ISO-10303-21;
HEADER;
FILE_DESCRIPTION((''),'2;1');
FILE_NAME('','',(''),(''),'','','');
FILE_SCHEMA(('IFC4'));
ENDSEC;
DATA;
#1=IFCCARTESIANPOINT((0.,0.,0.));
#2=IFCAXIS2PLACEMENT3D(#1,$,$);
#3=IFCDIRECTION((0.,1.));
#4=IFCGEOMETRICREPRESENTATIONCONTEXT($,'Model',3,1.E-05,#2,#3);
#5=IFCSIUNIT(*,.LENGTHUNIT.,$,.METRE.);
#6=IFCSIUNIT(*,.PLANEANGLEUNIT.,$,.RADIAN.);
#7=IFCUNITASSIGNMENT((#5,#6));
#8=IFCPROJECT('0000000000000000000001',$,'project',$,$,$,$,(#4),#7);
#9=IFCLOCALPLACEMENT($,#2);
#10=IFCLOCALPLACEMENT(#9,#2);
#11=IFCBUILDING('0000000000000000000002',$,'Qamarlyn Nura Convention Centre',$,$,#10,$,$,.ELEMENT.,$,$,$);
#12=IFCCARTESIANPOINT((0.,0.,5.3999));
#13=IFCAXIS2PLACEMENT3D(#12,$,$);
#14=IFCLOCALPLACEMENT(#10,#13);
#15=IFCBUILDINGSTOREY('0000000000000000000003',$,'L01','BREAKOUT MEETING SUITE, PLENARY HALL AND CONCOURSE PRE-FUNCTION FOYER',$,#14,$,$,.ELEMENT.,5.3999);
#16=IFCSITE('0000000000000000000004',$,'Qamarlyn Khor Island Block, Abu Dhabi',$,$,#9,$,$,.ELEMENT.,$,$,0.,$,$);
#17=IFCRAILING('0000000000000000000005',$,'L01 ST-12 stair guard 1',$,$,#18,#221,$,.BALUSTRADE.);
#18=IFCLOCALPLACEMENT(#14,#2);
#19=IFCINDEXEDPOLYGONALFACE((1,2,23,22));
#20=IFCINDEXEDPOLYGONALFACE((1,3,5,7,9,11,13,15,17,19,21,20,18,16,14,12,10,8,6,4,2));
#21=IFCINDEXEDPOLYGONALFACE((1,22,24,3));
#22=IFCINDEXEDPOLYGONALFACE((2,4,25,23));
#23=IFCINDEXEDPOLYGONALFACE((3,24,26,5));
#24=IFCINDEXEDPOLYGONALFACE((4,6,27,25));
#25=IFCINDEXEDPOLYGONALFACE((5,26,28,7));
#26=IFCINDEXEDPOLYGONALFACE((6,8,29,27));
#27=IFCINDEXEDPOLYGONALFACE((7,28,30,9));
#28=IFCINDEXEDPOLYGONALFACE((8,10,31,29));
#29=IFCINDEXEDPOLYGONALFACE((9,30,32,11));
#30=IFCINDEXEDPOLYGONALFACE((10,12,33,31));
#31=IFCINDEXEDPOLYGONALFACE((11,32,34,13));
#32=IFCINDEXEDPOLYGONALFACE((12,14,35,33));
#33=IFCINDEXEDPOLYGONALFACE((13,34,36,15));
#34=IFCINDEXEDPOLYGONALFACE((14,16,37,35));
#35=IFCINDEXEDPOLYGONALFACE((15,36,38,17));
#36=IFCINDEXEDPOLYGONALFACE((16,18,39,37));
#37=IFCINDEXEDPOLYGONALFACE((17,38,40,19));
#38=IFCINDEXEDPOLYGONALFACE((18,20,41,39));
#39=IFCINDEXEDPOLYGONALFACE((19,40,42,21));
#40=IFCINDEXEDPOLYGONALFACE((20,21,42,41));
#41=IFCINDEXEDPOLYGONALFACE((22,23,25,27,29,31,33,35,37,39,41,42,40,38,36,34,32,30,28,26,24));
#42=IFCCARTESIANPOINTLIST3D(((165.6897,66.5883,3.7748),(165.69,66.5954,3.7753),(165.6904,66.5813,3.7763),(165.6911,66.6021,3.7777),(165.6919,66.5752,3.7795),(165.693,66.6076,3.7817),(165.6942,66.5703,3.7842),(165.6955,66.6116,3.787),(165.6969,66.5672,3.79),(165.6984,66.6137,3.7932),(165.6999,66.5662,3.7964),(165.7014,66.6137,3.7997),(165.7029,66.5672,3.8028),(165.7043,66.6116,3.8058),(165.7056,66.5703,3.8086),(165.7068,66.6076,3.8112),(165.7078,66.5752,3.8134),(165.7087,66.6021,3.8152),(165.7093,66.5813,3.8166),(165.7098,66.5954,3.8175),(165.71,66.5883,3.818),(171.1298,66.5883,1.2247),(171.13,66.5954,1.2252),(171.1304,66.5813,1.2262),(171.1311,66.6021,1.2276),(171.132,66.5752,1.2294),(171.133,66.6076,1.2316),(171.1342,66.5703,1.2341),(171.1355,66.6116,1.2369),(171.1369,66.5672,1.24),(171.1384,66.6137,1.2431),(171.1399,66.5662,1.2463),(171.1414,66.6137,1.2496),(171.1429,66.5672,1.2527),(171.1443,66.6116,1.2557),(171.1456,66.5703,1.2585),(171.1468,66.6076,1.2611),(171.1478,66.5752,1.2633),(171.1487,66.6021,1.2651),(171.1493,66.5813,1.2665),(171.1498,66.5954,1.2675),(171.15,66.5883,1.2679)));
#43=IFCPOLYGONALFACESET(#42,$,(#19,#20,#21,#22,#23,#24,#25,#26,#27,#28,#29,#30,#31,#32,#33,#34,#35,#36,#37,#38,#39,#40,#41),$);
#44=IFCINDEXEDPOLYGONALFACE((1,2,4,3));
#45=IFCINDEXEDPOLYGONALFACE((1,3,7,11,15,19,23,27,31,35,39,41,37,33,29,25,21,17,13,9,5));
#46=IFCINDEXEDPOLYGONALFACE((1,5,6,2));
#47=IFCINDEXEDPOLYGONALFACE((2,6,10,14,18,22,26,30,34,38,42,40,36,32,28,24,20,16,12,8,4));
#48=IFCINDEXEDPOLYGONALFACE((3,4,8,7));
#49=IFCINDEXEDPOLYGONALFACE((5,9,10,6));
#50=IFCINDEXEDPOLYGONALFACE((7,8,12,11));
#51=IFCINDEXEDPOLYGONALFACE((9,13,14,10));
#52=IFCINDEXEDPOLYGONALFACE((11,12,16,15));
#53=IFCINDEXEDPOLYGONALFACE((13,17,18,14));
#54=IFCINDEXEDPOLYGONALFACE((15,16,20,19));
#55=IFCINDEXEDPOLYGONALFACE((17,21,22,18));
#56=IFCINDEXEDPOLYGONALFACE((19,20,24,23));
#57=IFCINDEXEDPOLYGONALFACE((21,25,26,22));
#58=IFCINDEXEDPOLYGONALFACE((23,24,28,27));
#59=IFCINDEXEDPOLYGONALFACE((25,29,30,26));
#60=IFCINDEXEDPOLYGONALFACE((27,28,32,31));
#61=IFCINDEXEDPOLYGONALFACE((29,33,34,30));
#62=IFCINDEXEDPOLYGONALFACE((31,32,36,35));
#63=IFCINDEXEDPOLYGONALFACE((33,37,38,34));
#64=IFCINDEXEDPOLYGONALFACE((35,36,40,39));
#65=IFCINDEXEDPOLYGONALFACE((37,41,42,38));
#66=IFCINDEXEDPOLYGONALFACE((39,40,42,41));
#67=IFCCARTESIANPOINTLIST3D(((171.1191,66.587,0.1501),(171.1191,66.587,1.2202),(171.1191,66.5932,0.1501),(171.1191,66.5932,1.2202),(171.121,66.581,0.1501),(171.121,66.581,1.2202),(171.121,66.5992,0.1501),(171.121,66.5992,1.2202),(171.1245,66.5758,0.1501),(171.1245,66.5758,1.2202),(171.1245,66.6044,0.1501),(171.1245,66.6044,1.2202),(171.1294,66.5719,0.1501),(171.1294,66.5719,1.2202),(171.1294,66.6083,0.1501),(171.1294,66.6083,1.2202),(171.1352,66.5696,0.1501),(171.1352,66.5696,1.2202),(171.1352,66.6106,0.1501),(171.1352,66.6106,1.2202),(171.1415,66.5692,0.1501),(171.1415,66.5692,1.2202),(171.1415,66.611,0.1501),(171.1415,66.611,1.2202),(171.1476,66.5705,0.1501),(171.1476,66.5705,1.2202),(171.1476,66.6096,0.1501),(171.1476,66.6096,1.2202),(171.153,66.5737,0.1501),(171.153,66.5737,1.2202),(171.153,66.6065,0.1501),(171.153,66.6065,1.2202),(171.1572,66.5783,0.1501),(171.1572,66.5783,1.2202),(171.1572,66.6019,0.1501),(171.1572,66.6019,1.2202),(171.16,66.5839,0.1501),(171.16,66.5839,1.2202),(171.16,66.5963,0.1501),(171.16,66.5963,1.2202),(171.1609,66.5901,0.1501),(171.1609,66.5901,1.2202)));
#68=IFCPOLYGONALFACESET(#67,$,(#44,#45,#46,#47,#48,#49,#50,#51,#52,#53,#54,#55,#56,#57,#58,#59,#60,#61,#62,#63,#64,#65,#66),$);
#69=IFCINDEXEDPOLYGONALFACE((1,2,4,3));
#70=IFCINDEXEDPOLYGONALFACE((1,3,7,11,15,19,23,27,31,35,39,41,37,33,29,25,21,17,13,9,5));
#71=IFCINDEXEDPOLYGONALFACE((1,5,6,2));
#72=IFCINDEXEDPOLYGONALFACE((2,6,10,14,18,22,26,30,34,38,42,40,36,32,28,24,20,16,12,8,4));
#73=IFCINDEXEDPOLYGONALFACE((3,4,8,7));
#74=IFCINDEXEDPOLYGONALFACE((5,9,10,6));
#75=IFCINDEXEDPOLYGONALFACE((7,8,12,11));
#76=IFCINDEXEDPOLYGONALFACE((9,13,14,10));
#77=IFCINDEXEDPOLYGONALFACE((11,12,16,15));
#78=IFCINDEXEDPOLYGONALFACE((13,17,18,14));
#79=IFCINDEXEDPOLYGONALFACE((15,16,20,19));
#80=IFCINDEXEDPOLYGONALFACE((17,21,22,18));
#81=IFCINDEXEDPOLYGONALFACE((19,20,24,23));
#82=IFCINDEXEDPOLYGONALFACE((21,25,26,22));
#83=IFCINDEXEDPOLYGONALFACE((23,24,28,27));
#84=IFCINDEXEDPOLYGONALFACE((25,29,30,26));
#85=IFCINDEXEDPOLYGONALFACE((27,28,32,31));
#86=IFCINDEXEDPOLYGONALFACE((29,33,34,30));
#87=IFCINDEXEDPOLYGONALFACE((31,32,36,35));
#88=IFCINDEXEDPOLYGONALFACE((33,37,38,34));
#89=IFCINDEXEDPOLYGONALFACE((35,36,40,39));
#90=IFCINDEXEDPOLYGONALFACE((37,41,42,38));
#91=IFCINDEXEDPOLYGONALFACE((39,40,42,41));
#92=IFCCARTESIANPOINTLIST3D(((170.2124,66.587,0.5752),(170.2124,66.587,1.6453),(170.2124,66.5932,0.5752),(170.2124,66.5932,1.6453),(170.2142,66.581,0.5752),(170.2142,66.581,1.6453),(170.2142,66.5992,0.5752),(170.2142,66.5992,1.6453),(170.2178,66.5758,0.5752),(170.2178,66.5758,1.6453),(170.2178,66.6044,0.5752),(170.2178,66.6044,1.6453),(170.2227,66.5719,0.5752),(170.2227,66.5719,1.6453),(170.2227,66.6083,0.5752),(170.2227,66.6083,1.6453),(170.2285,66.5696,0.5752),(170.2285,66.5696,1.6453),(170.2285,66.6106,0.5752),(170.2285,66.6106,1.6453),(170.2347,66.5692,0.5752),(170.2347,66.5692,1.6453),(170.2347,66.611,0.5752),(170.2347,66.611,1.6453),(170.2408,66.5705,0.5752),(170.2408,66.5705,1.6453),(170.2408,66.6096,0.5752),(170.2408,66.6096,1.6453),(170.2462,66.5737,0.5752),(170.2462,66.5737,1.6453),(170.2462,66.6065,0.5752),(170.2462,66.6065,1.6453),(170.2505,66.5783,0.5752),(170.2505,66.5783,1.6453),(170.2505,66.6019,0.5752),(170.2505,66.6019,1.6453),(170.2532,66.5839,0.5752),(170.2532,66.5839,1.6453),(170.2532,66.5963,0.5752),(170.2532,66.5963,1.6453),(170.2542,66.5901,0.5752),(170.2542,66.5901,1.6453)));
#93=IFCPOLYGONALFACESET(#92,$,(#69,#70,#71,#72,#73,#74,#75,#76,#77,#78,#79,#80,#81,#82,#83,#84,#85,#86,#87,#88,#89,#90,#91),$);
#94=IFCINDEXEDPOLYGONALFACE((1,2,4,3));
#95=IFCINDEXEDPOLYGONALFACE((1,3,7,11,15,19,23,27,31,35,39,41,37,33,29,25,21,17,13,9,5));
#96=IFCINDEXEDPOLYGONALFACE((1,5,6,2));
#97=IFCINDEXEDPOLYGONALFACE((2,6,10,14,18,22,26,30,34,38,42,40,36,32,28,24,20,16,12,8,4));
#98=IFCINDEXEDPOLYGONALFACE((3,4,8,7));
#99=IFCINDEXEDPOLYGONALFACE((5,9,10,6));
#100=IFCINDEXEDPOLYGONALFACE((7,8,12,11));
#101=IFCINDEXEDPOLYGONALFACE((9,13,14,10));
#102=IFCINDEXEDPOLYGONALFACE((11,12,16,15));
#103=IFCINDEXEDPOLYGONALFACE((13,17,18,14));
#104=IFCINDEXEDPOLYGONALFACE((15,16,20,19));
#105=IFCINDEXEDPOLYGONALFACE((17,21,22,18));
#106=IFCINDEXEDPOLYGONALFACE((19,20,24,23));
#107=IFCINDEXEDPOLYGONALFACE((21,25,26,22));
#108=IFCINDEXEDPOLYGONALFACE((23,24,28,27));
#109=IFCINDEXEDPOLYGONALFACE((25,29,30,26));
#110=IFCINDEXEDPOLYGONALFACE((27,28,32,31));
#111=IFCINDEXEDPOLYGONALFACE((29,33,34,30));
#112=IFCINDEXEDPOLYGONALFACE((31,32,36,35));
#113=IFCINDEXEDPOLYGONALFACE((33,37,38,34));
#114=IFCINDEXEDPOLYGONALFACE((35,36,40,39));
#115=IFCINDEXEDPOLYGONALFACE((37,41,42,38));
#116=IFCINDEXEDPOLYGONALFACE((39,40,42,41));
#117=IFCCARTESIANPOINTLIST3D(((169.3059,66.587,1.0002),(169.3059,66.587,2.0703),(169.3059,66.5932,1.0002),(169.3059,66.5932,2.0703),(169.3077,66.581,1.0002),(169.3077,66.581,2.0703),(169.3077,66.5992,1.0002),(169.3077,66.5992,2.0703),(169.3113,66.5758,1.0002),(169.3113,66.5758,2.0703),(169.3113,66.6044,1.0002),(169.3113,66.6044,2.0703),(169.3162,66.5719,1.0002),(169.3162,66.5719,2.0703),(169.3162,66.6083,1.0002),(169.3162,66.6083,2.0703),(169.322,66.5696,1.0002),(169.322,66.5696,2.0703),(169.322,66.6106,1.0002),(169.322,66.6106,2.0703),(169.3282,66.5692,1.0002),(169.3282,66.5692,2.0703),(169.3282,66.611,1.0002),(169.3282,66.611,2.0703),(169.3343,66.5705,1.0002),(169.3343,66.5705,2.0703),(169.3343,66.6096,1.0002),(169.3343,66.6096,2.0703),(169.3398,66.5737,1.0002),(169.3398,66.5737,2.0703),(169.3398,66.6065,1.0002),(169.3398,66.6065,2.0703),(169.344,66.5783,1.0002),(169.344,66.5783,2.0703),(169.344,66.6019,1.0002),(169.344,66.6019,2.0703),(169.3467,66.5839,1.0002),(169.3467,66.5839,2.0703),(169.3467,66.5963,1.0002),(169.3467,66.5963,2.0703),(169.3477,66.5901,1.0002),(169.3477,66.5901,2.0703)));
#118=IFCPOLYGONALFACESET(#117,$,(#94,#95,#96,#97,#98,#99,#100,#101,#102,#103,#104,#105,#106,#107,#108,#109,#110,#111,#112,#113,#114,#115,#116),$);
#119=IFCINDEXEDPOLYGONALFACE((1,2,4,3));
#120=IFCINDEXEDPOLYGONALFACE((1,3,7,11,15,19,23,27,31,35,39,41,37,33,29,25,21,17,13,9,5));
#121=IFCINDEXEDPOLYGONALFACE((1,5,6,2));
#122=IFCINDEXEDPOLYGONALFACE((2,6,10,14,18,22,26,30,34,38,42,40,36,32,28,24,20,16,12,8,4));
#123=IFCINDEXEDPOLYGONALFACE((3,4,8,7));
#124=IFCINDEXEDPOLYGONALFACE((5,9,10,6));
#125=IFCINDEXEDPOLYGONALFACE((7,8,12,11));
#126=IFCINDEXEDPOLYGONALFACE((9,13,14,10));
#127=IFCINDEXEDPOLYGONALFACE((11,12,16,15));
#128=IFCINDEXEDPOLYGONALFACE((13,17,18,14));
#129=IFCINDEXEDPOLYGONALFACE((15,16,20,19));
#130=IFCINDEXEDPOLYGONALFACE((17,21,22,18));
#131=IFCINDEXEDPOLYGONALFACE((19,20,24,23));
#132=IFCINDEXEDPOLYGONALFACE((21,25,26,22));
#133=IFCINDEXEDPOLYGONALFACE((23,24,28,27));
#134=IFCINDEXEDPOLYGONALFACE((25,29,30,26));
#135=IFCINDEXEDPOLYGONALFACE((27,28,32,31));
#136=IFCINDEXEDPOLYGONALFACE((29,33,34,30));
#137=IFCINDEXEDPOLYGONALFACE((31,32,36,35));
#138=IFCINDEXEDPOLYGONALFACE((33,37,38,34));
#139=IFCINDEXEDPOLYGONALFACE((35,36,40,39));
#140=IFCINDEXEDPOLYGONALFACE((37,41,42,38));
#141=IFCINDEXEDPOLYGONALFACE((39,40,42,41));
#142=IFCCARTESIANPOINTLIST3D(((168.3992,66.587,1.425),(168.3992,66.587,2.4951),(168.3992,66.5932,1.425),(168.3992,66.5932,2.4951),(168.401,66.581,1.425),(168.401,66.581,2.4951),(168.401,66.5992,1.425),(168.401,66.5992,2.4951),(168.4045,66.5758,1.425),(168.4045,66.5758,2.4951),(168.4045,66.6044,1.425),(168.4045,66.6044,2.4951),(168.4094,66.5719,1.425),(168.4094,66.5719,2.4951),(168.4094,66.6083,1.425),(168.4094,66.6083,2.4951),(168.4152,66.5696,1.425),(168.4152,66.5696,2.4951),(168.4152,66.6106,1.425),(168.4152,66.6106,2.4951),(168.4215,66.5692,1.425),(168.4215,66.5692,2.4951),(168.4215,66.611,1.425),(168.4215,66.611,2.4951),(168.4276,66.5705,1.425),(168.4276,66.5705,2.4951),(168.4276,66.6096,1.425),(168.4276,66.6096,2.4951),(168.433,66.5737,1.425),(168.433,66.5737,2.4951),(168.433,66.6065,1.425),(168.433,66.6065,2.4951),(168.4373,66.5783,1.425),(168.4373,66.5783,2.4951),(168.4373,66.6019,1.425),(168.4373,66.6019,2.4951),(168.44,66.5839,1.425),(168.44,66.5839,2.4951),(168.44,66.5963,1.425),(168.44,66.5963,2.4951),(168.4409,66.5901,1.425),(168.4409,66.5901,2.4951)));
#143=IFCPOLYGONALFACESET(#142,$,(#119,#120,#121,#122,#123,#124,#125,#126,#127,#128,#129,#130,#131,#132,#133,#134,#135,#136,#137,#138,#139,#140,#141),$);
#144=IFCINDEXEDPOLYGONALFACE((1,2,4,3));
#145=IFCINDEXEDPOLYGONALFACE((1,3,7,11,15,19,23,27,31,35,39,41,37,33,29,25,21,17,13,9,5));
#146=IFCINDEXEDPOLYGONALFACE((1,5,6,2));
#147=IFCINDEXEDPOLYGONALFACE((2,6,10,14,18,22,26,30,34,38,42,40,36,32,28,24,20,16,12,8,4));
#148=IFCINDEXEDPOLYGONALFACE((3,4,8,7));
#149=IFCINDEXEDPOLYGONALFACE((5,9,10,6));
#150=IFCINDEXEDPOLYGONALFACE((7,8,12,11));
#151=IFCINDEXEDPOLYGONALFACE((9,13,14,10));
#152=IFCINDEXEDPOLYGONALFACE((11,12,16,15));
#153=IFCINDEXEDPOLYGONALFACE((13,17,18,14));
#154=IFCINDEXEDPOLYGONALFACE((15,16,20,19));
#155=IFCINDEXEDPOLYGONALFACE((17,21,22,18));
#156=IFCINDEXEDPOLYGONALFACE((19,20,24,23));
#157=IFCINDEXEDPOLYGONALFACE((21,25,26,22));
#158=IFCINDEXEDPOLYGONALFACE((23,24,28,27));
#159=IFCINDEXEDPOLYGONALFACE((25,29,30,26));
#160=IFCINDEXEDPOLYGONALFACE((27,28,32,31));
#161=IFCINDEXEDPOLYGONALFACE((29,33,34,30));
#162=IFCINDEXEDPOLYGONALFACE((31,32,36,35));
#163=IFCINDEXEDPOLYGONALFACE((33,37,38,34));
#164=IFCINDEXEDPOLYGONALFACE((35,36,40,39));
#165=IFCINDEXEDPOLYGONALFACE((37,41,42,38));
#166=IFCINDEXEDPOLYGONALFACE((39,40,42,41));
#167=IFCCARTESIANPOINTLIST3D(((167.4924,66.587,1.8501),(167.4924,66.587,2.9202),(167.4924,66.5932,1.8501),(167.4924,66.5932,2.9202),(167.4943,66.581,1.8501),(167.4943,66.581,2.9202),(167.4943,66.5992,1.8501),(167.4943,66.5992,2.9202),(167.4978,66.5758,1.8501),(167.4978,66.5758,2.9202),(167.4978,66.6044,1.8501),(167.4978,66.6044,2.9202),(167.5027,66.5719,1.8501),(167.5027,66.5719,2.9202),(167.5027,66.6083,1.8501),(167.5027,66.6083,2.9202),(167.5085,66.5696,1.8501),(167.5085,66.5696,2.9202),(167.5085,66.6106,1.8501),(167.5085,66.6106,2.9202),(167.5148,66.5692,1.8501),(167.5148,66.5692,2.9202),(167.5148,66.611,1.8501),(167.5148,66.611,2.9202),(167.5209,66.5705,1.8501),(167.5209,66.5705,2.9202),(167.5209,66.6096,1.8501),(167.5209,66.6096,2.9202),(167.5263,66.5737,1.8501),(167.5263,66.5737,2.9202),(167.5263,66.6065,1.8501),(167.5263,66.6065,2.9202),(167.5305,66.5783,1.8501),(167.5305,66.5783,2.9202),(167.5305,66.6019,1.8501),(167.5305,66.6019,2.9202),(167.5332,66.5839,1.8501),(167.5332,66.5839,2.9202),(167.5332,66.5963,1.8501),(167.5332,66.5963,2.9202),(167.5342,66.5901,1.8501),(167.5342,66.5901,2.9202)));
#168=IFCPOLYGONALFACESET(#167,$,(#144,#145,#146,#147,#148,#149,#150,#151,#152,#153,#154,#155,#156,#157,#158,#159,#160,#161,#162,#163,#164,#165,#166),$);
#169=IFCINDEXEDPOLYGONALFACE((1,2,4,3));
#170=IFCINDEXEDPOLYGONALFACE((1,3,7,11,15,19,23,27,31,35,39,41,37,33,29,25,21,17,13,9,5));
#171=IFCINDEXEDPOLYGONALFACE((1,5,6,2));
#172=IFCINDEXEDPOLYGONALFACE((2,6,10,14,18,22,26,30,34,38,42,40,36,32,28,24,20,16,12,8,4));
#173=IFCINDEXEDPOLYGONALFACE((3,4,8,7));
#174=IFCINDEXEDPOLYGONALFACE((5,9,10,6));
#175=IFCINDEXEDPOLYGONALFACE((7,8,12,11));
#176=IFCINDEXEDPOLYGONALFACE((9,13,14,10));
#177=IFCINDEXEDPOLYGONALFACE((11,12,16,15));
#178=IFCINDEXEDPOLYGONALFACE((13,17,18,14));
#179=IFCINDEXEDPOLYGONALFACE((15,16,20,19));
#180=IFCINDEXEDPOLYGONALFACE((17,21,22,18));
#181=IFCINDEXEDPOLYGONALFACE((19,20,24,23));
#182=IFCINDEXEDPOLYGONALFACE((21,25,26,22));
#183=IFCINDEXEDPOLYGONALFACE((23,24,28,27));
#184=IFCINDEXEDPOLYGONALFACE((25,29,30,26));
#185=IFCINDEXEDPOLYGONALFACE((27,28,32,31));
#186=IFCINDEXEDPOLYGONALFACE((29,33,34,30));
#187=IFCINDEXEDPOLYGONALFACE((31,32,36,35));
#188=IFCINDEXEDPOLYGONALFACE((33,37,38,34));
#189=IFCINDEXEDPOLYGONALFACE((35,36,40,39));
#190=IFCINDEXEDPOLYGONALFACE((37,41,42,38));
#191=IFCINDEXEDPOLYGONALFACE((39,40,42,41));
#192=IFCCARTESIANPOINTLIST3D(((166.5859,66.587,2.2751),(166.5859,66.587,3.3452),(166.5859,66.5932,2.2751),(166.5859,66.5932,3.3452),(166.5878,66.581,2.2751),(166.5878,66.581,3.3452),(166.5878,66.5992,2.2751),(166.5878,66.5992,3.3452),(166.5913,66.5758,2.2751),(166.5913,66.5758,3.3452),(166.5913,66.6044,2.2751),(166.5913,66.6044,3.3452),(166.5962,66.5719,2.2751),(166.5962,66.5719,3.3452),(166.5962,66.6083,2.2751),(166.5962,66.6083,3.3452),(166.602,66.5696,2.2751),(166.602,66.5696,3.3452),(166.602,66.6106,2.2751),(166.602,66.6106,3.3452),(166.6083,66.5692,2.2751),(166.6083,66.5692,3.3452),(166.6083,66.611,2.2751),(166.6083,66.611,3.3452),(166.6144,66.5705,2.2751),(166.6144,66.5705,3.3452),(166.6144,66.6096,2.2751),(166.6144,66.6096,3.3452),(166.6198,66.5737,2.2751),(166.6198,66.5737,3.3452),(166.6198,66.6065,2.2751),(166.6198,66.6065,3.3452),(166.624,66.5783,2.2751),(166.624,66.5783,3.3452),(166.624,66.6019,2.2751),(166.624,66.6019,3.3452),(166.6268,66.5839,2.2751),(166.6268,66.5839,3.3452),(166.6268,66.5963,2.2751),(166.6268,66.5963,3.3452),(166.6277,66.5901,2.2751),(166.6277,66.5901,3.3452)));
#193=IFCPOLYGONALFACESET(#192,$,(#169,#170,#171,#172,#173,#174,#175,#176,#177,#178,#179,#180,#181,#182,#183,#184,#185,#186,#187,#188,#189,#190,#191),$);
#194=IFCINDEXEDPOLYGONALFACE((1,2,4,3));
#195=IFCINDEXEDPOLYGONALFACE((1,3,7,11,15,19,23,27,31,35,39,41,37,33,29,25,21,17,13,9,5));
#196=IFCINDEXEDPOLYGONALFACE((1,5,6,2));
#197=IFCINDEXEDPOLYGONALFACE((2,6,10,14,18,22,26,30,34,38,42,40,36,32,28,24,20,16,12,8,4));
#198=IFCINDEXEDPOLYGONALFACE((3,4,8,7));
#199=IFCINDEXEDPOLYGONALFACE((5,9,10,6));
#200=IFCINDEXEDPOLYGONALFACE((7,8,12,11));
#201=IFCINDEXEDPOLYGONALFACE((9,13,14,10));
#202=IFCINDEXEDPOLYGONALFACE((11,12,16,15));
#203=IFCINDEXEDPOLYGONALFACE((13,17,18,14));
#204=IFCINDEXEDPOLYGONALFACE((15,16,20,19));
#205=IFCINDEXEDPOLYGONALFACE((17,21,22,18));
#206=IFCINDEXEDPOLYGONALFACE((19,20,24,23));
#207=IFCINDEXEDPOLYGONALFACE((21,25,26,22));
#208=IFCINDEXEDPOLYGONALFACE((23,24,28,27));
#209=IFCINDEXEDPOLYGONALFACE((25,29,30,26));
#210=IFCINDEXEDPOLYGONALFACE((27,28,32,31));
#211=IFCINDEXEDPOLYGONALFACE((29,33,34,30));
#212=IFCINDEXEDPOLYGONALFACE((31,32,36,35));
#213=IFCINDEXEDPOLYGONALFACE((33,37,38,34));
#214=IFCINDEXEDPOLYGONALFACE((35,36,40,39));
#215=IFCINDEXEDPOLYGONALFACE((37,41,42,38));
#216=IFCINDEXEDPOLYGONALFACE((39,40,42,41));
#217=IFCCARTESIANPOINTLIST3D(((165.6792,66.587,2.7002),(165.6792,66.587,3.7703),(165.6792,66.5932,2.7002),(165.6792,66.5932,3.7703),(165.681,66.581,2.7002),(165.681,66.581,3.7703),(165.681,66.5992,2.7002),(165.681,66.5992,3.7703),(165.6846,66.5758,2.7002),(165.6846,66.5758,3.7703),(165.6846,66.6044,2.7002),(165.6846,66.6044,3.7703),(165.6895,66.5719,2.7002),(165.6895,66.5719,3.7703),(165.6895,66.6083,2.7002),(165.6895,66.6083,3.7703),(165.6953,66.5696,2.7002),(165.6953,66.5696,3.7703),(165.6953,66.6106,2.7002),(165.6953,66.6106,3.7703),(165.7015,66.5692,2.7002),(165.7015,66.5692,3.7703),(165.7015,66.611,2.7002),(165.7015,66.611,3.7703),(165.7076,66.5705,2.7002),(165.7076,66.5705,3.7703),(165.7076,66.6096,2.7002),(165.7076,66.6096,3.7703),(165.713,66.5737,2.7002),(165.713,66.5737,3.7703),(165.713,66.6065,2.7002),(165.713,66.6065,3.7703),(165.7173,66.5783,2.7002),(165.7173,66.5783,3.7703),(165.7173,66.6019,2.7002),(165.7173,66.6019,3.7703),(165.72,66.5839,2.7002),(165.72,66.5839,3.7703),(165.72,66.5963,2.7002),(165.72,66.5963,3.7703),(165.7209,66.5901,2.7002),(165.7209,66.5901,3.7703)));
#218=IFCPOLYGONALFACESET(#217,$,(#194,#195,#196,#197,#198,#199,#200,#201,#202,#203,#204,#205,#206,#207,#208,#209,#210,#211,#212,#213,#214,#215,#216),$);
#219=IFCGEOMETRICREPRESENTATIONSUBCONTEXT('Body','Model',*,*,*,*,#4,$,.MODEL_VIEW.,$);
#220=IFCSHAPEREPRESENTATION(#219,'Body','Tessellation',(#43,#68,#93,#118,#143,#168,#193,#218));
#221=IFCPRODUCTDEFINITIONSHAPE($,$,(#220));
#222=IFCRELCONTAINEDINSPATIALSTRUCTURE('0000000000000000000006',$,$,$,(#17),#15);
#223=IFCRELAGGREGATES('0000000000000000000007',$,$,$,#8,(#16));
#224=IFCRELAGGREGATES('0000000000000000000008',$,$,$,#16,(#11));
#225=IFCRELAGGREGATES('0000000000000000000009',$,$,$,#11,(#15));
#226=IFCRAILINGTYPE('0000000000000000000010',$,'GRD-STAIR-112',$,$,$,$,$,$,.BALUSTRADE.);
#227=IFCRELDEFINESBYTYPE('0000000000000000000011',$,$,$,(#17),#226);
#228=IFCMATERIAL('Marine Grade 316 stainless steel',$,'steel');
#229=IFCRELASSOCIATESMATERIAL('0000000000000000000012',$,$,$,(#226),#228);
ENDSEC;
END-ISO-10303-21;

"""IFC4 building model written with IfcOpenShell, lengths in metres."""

from ifc_helpers import new_model, si_unit, direction, frame, origin, origin_2d, place, context, subcontext, project, spatial, circle, extrude, material, type_object, element, save


model = new_model("IFC4")

# Units and contexts
model_context = context("Model", 3, precision=1e-05, world=origin(), true_north=direction((0.0, 1.0)))
body_context = subcontext(model_context, "Body", "Model", "MODEL_VIEW")
ifc_project = project(units=[si_unit("LENGTHUNIT", "METRE"), si_unit("PLANEANGLEUNIT", "RADIAN")], contexts=[model_context])

# Site, building, storey
site_placement = place(None, origin())
site = spatial("IfcSite", under=ifc_project, at=site_placement, Name="Qamarlyn Khor Island Block, Abu Dhabi", CompositionType="ELEMENT", RefElevation=0.0)
building_placement = place(site_placement, origin())
building = spatial("IfcBuilding", under=site, at=building_placement, Name="Qamarlyn Nura Convention Centre", CompositionType="ELEMENT")
storey_placement = place(building_placement, frame((0.0, 0.0, 5.3999)))
storey = spatial("IfcBuildingStorey", under=building, at=storey_placement, Name="L01", Description="BREAKOUT MEETING SUITE, PLENARY HALL AND CONCOURSE PRE-FUNCTION FOYER", CompositionType="ELEMENT", Elevation=5.3999)

# Railing
ifc_material_1 = material(Name="Marine Grade 316 stainless steel", Category="steel")
railing_type_1 = type_object("IfcRailingType", Name="GRD-STAIR-112", PredefinedType="BALUSTRADE", material=ifc_material_1)
railing_1_placement = place(storey_placement, frame((171.1399, 66.5901, 0.1501)))
element("IfcRailing", 1, at=railing_1_placement, inside=storey, type_object=railing_type_1, Name="L01 ST-12 stair guard 1", PredefinedType="BALUSTRADE", context=body_context, shape_type="SweptSolid", body=[
    extrude(circle(Radius=0.0239, at=origin_2d()), frame((0.0, 0.0, 1.0962), z_axis=(-0.905454, 0.0, 0.424444), x_axis=(0.0, -1.0, 0.0)), (0.0, 0.0, 1.0), 6.0081),
    extrude(circle(Radius=0.021, at=origin_2d()), origin(), (0.0, 0.0, 1.0), 1.0701),
    extrude(circle(Radius=0.021, at=origin_2d()), frame((-0.9067, 0.0, 0.425)), (0.0, 0.0, 1.0), 1.0701),
    extrude(circle(Radius=0.021, at=origin_2d()), frame((-1.8132, 0.0, 0.8501)), (0.0, 0.0, 1.0), 1.0701),
    extrude(circle(Radius=0.021, at=origin_2d()), frame((-2.72, 0.0, 1.2749)), (0.0, 0.0, 1.0), 1.0701),
    extrude(circle(Radius=0.021, at=origin_2d()), frame((-3.6267, 0.0, 1.7)), (0.0, 0.0, 1.0), 1.0701),
    extrude(circle(Radius=0.021, at=origin_2d()), frame((-4.5332, 0.0, 2.125)), (0.0, 0.0, 1.0), 1.0701),
    extrude(circle(Radius=0.021, at=origin_2d()), frame((-5.4399, 0.0, 2.55)), (0.0, 0.0, 1.0), 1.0701),
])

save(model, "model.ifc")
